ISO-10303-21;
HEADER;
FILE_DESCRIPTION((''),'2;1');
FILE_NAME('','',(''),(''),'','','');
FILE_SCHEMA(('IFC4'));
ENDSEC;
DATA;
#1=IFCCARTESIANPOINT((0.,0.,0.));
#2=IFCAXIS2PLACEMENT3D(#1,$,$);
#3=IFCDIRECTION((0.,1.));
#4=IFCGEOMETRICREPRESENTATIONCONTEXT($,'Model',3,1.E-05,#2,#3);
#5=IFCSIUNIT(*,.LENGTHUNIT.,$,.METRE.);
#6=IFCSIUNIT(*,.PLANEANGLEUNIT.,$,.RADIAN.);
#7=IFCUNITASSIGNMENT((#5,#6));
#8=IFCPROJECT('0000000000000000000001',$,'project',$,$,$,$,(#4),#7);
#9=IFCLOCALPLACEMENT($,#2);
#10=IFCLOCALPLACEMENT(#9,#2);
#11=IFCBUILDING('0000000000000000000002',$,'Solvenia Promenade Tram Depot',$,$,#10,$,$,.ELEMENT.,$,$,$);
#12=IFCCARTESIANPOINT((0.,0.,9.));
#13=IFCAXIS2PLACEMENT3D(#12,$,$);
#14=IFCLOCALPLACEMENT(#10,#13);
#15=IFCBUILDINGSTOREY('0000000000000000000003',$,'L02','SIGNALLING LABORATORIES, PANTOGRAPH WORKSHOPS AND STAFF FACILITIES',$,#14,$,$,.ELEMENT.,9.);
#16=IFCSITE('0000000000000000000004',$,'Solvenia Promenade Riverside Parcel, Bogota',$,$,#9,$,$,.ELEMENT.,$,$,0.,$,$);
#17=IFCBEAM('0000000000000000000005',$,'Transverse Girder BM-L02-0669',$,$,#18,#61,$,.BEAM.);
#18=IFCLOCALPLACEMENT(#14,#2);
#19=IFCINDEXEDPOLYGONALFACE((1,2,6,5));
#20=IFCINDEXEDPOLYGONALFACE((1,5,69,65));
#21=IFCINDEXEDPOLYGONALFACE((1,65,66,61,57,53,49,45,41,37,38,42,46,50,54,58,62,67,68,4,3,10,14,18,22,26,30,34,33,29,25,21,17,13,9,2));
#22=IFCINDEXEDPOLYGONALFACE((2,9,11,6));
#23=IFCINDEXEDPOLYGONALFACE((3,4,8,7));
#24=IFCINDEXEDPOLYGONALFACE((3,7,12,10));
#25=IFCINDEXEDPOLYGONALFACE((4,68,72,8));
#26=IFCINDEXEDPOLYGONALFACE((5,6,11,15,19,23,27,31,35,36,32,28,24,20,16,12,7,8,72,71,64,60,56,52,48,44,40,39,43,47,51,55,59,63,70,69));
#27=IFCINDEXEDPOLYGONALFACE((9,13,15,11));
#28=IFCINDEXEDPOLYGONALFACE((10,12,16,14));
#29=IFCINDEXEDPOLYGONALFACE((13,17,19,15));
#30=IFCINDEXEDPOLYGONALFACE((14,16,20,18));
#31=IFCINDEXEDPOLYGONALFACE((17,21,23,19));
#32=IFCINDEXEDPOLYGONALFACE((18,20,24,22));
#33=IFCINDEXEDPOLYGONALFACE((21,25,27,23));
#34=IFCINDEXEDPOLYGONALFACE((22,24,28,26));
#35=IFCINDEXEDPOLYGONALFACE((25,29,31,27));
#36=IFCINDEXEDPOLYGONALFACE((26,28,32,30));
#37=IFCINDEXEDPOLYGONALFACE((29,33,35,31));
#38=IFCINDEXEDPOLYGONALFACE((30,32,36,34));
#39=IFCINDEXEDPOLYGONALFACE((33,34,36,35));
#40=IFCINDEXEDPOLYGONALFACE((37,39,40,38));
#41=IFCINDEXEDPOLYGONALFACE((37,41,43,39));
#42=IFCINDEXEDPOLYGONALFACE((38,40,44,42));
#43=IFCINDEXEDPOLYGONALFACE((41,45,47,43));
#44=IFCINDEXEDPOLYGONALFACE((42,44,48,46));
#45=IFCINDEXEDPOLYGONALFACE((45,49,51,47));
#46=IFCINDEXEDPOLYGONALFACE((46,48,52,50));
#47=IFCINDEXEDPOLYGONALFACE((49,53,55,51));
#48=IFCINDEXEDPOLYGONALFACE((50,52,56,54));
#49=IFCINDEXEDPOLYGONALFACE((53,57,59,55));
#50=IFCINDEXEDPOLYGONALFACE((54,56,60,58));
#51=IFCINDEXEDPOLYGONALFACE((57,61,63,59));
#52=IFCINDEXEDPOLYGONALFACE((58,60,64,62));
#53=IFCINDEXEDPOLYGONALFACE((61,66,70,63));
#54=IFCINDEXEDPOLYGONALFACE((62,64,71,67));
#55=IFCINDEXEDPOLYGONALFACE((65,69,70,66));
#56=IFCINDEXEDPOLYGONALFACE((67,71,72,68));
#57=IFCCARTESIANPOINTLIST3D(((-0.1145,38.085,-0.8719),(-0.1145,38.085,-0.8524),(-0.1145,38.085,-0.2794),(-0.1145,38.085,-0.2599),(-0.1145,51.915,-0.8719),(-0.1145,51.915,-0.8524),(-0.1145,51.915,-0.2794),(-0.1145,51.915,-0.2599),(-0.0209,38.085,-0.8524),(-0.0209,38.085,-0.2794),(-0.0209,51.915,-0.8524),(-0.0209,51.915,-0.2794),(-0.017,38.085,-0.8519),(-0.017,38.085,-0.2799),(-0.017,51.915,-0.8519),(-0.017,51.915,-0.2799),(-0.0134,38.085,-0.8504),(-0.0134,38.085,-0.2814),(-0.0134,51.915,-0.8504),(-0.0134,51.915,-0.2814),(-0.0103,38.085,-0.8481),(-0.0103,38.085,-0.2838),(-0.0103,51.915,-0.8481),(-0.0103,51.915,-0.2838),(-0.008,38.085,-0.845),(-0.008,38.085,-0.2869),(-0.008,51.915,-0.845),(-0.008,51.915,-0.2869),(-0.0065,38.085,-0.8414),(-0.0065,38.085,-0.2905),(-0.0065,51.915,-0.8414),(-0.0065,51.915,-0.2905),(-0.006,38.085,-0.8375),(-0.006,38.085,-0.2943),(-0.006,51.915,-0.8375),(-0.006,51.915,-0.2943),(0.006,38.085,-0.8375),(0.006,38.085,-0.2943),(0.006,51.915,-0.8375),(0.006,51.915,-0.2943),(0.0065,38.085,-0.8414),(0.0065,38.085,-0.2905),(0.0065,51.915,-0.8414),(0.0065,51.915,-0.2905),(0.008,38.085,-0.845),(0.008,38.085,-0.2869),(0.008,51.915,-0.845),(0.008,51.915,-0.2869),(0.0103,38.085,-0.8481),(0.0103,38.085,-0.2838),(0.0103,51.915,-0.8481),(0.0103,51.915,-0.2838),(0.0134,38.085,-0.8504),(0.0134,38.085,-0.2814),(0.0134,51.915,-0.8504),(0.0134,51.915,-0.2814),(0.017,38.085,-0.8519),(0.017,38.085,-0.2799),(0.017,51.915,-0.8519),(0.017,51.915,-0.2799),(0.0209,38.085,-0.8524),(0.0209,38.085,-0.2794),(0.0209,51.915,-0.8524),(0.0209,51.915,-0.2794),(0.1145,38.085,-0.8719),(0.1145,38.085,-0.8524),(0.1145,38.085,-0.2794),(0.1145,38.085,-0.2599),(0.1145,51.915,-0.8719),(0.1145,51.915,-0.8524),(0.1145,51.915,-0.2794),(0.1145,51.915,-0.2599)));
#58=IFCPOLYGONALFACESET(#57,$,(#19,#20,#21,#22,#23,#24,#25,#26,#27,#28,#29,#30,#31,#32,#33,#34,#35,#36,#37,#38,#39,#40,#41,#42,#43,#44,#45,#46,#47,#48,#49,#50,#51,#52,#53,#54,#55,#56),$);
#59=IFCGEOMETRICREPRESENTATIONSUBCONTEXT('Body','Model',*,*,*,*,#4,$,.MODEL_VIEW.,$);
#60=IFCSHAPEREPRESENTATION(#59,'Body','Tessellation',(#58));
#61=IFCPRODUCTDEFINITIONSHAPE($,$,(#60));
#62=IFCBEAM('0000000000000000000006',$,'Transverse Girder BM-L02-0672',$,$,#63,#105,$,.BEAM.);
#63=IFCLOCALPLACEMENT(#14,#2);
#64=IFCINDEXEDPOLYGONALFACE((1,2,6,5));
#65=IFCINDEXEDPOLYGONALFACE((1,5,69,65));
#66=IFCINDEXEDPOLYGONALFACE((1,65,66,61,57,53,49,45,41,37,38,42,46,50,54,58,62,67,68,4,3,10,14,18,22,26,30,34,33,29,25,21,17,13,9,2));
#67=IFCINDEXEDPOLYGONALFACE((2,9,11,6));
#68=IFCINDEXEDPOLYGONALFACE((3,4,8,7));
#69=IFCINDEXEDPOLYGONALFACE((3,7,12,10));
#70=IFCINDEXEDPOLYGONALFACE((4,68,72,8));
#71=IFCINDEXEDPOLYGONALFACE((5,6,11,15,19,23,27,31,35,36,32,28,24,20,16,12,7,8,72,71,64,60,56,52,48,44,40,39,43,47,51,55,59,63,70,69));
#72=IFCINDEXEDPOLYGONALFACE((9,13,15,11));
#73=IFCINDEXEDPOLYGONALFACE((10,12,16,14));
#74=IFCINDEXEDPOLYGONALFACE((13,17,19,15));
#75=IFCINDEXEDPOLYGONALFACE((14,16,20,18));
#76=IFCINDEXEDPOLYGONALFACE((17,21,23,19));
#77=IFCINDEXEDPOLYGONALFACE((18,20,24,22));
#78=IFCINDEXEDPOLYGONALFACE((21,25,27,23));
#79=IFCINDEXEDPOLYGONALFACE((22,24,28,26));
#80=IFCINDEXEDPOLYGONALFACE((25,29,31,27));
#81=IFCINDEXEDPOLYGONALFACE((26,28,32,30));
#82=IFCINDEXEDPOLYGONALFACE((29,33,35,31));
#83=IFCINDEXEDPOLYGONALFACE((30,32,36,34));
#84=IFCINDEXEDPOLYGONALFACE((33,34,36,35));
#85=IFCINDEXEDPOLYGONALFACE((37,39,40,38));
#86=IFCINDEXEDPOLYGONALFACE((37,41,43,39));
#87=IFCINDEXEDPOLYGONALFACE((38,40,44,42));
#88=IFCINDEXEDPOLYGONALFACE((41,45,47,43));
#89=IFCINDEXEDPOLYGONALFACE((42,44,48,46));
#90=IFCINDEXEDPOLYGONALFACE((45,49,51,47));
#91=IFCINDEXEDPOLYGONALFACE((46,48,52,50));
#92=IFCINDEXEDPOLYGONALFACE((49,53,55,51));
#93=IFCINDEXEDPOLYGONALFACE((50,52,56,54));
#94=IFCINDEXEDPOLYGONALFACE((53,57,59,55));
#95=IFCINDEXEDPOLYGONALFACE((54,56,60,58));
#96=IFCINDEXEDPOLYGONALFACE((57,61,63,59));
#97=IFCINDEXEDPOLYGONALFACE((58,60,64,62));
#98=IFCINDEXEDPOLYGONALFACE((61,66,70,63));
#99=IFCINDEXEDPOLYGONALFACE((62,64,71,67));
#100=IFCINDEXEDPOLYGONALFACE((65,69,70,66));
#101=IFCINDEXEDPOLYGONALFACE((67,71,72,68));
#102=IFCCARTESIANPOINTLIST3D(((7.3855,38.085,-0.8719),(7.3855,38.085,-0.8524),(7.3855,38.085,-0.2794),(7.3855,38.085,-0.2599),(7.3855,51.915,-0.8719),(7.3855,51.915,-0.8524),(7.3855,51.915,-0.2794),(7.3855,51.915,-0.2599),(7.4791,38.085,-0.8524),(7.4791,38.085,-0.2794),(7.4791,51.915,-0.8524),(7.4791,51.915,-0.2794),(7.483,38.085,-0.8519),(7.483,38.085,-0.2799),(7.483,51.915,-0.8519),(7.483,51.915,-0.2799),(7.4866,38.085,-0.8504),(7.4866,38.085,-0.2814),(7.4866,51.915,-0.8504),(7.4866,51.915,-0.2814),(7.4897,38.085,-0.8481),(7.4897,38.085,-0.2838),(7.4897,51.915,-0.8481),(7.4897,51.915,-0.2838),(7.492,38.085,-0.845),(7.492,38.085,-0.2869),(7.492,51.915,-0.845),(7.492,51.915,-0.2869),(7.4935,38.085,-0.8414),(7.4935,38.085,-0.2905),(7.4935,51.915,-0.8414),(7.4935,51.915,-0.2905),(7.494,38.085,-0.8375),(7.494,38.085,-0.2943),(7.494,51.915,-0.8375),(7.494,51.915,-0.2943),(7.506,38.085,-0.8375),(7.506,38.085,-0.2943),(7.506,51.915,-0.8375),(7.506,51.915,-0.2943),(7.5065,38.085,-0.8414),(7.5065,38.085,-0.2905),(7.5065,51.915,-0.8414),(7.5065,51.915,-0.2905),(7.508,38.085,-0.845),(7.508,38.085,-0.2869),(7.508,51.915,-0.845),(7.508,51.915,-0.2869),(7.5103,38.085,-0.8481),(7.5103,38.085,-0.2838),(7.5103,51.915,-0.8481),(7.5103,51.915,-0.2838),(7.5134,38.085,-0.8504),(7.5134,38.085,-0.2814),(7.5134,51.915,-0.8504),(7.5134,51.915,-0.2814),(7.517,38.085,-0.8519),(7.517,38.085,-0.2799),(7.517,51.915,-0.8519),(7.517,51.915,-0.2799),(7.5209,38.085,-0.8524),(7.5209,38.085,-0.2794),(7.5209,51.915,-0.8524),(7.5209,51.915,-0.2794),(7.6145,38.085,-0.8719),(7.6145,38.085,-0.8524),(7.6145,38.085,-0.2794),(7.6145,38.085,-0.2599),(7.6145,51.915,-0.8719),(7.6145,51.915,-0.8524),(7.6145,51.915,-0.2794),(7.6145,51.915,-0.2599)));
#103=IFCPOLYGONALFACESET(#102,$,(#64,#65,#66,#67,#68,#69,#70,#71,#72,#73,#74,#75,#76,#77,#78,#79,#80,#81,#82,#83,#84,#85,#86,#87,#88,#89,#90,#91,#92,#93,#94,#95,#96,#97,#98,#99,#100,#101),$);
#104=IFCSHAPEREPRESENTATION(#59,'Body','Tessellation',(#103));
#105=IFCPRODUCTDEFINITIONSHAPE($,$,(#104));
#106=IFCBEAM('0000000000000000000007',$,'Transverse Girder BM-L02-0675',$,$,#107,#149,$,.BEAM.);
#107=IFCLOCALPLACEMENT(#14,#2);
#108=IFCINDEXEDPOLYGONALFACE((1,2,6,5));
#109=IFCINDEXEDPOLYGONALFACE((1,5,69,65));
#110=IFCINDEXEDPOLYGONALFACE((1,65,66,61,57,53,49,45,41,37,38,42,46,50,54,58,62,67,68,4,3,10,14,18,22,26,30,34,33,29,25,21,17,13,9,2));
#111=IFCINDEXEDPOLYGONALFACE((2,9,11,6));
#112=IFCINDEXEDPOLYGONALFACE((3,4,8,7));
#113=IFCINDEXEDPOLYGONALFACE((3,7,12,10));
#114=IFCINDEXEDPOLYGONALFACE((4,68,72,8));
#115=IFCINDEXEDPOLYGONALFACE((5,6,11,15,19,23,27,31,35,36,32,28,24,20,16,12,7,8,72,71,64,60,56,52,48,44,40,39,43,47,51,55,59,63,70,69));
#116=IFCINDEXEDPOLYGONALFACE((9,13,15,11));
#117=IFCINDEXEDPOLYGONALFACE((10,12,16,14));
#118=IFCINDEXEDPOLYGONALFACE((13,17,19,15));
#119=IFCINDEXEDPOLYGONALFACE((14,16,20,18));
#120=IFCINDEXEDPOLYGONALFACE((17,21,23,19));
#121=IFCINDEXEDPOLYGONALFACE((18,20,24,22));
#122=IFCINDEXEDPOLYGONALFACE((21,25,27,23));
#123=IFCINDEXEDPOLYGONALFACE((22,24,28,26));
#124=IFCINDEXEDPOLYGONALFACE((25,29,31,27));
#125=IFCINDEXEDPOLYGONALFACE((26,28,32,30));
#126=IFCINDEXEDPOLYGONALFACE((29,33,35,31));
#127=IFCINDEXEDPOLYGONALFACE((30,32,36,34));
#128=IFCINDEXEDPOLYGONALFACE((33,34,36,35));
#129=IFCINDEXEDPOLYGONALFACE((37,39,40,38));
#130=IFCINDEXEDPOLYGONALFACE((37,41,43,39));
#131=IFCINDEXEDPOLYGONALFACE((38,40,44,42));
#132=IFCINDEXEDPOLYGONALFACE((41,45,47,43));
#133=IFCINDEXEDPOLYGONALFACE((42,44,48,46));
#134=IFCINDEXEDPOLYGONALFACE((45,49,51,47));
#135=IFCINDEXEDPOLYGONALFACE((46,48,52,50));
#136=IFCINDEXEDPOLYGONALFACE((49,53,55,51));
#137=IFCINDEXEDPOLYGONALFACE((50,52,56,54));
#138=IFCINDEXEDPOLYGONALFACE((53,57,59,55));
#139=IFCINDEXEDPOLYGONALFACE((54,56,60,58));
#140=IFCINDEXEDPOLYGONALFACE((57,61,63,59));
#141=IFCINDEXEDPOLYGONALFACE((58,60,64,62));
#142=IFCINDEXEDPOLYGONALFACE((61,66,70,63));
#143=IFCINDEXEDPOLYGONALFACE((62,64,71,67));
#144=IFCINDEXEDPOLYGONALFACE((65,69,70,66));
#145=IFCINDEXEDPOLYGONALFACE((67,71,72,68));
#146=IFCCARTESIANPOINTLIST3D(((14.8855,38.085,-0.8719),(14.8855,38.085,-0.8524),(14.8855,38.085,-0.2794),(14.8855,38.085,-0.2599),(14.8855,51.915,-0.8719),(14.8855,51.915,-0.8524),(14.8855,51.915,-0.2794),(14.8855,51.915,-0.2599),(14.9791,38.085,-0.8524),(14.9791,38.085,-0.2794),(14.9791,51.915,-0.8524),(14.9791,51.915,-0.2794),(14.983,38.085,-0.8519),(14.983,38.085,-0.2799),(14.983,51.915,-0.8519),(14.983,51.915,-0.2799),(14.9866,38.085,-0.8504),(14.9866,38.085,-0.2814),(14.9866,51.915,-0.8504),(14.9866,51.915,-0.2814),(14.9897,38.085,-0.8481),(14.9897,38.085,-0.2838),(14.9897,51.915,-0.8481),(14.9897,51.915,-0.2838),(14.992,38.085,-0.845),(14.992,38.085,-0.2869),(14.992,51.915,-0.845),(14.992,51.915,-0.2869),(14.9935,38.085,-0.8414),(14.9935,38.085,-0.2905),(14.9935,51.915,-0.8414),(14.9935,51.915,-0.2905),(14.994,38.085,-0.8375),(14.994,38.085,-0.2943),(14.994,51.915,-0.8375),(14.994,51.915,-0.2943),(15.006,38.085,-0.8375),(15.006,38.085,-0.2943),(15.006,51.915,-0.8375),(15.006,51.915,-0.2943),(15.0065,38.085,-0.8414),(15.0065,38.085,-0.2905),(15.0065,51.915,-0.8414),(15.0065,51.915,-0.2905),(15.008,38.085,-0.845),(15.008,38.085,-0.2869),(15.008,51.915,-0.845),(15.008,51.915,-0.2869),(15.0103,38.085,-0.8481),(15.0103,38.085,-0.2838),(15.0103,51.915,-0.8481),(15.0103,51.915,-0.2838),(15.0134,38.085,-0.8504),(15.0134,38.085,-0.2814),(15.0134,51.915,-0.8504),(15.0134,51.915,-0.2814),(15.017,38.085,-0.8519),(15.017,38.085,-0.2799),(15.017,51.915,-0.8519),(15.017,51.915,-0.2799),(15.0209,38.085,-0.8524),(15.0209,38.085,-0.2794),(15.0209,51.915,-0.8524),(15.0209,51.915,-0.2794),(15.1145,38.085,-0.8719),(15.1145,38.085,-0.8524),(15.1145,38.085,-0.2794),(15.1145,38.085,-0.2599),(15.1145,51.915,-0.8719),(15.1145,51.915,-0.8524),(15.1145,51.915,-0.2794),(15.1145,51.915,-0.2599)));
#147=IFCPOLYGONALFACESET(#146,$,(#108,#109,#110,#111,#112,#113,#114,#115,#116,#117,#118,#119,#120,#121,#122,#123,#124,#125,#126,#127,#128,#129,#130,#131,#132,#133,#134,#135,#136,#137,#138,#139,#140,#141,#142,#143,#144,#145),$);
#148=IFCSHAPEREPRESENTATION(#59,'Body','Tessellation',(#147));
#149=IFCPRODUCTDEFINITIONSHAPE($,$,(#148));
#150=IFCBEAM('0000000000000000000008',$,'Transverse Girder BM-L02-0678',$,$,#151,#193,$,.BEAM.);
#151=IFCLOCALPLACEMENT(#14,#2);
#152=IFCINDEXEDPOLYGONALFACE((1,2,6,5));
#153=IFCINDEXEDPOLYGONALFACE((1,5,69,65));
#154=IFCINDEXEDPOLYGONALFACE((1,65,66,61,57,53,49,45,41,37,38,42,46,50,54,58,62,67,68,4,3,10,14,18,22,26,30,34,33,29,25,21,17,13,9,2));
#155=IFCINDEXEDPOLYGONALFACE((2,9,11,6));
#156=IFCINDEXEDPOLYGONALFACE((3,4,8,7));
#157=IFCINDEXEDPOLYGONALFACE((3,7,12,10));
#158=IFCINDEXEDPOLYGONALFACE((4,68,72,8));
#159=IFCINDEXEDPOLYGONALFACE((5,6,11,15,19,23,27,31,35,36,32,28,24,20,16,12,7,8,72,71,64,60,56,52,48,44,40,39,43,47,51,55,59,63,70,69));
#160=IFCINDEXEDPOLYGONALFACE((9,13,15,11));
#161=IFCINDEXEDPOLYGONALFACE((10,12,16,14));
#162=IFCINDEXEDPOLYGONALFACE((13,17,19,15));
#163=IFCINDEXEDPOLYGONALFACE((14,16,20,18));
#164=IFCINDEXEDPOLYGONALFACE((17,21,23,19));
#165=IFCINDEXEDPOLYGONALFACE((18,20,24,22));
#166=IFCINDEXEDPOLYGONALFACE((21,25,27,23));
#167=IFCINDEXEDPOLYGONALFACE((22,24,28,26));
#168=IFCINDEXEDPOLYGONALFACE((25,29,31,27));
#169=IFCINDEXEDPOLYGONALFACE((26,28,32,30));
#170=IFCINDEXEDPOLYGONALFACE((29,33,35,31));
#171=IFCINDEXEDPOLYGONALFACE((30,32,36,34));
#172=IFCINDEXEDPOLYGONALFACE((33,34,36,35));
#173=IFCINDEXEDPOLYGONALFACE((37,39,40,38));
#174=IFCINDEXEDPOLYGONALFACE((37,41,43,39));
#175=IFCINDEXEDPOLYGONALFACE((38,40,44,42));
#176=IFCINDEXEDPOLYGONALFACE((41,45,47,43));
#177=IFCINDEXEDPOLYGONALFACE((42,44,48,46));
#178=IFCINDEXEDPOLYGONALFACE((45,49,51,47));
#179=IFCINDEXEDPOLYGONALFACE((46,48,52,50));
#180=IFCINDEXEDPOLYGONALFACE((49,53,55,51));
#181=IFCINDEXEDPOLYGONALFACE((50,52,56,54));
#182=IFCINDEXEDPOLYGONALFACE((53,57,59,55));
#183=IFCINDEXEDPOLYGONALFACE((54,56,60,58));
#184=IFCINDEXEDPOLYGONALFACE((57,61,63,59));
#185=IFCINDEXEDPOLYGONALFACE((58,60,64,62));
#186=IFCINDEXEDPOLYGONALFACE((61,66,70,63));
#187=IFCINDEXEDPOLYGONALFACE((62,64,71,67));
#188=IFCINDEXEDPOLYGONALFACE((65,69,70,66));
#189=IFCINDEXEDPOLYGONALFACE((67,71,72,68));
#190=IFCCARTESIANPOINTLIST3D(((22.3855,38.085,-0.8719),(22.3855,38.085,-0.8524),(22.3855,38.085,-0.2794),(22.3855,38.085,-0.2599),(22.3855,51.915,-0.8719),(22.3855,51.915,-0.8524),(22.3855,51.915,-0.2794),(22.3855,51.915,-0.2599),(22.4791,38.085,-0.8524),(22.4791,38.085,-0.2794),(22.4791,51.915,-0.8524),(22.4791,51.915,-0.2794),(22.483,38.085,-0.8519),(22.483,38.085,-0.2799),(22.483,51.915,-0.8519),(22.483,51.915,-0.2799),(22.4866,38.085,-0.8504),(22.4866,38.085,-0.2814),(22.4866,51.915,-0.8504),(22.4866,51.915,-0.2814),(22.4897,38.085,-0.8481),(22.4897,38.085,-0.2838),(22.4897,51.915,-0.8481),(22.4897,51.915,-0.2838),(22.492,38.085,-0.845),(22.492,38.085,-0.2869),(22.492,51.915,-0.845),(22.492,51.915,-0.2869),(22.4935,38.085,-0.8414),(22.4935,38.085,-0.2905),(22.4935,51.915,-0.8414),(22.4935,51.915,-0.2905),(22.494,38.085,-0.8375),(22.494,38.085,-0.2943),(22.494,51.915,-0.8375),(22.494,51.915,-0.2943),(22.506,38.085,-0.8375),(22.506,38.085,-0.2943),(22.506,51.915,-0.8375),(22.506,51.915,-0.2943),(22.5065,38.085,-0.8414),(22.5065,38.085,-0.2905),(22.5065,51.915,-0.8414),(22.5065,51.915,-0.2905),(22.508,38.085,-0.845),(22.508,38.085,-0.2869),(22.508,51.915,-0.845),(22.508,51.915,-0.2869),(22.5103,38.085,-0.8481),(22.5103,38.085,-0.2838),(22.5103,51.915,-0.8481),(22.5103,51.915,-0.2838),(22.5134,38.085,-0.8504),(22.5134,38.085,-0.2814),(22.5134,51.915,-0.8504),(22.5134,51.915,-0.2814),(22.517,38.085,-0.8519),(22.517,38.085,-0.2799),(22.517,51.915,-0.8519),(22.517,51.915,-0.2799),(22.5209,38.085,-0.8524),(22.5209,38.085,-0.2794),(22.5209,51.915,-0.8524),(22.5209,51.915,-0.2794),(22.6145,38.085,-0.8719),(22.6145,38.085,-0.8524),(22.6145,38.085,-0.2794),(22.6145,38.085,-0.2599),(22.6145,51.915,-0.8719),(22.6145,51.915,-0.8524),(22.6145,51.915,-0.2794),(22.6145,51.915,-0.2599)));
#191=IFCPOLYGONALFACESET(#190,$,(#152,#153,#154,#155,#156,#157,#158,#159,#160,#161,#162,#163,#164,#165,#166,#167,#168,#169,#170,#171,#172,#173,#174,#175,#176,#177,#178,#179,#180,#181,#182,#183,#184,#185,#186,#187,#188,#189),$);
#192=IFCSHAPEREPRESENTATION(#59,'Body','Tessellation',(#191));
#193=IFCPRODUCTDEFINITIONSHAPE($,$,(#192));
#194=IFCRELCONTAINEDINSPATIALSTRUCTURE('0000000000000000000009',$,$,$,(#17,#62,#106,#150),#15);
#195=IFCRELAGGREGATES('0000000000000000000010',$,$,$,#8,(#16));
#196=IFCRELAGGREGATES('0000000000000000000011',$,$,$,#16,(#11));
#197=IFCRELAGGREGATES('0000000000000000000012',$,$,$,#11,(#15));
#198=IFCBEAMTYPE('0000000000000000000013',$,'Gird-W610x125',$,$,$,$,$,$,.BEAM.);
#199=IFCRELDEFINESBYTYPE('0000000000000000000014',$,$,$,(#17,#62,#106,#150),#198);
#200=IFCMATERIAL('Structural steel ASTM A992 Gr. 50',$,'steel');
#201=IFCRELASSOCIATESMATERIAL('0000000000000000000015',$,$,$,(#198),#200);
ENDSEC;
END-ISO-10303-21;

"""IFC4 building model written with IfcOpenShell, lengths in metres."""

from ifc_helpers import new_model, si_unit, direction, frame, origin, origin_2d, place, context, subcontext, project, spatial, i_section, extrude, material, material_profile, profile_set, type_object, element, save


model = new_model("IFC4")

# Units and contexts
model_context = context("Model", 3, precision=1e-05, world=origin(), true_north=direction((0.0, 1.0)))
body_context = subcontext(model_context, "Body", "Model", "MODEL_VIEW")
ifc_project = project(units=[si_unit("LENGTHUNIT", "METRE"), si_unit("PLANEANGLEUNIT", "RADIAN")], contexts=[model_context])

# Site, building, storey
site_placement = place(None, origin())
site = spatial("IfcSite", under=ifc_project, at=site_placement, Name="Solvenia Promenade Riverside Parcel, Bogota", CompositionType="ELEMENT", RefElevation=0.0)
building_placement = place(site_placement, origin())
building = spatial("IfcBuilding", under=site, at=building_placement, Name="Solvenia Promenade Tram Depot", CompositionType="ELEMENT")
storey_placement = place(building_placement, frame((0.0, 0.0, 9.0)))
storey = spatial("IfcBuildingStorey", under=building, at=storey_placement, Name="L02", Description="SIGNALLING LABORATORIES, PANTOGRAPH WORKSHOPS AND STAFF FACILITIES", CompositionType="ELEMENT", Elevation=9.0)

# Beams
ifc_material_1 = material(Name="Structural steel ASTM A992 Gr. 50", Category="steel")
ifc_material_profile_1 = material_profile(ifc_material_1, i_section(OverallWidth=0.229, OverallDepth=0.6121, WebThickness=0.012, FlangeThickness=0.0195, FilletRadius=0.0149, at=origin_2d()), Name="W610x125", Category="steel")
ifc_profile_set_1 = profile_set([ifc_material_profile_1], Name="Structural steel ASTM A992 Gr. 50")
beam_type_1 = type_object("IfcBeamType", Name="Gird-W610x125", PredefinedType="BEAM", material=ifc_profile_set_1)
for number, where, z_axis, x_axis, name in (
    (1, (0.0, 38.085, -0.5659), (0.0, 1.0, 0.0), (-1.0, 0.0, 0.0), "Transverse Girder BM-L02-0669"),
    (2, (7.5, 38.085, -0.5659), (0.0, 1.0, 0.0), (-1.0, 0.0, 0.0), "Transverse Girder BM-L02-0672"),
    (3, (15.0, 38.085, -0.5659), (0.0, 1.0, 0.0), (-1.0, 0.0, 0.0), "Transverse Girder BM-L02-0675"),
    (4, (22.5, 38.085, -0.5659), (0.0, 1.0, 0.0), (-1.0, 0.0, 0.0), "Transverse Girder BM-L02-0678"),
):
    element("IfcBeam", number, at=place(storey_placement, frame(where, z_axis=z_axis, x_axis=x_axis)), inside=storey, type_object=beam_type_1, Name=name, PredefinedType="BEAM", context=body_context, shape_type="SweptSolid", body=[
        extrude(i_section(OverallWidth=0.229, OverallDepth=0.6121, WebThickness=0.012, FlangeThickness=0.0195, FilletRadius=0.0149, at=origin_2d()), origin(), (0.0, 0.0, 1.0), 13.8301),
    ])

save(model, "model.ifc")
